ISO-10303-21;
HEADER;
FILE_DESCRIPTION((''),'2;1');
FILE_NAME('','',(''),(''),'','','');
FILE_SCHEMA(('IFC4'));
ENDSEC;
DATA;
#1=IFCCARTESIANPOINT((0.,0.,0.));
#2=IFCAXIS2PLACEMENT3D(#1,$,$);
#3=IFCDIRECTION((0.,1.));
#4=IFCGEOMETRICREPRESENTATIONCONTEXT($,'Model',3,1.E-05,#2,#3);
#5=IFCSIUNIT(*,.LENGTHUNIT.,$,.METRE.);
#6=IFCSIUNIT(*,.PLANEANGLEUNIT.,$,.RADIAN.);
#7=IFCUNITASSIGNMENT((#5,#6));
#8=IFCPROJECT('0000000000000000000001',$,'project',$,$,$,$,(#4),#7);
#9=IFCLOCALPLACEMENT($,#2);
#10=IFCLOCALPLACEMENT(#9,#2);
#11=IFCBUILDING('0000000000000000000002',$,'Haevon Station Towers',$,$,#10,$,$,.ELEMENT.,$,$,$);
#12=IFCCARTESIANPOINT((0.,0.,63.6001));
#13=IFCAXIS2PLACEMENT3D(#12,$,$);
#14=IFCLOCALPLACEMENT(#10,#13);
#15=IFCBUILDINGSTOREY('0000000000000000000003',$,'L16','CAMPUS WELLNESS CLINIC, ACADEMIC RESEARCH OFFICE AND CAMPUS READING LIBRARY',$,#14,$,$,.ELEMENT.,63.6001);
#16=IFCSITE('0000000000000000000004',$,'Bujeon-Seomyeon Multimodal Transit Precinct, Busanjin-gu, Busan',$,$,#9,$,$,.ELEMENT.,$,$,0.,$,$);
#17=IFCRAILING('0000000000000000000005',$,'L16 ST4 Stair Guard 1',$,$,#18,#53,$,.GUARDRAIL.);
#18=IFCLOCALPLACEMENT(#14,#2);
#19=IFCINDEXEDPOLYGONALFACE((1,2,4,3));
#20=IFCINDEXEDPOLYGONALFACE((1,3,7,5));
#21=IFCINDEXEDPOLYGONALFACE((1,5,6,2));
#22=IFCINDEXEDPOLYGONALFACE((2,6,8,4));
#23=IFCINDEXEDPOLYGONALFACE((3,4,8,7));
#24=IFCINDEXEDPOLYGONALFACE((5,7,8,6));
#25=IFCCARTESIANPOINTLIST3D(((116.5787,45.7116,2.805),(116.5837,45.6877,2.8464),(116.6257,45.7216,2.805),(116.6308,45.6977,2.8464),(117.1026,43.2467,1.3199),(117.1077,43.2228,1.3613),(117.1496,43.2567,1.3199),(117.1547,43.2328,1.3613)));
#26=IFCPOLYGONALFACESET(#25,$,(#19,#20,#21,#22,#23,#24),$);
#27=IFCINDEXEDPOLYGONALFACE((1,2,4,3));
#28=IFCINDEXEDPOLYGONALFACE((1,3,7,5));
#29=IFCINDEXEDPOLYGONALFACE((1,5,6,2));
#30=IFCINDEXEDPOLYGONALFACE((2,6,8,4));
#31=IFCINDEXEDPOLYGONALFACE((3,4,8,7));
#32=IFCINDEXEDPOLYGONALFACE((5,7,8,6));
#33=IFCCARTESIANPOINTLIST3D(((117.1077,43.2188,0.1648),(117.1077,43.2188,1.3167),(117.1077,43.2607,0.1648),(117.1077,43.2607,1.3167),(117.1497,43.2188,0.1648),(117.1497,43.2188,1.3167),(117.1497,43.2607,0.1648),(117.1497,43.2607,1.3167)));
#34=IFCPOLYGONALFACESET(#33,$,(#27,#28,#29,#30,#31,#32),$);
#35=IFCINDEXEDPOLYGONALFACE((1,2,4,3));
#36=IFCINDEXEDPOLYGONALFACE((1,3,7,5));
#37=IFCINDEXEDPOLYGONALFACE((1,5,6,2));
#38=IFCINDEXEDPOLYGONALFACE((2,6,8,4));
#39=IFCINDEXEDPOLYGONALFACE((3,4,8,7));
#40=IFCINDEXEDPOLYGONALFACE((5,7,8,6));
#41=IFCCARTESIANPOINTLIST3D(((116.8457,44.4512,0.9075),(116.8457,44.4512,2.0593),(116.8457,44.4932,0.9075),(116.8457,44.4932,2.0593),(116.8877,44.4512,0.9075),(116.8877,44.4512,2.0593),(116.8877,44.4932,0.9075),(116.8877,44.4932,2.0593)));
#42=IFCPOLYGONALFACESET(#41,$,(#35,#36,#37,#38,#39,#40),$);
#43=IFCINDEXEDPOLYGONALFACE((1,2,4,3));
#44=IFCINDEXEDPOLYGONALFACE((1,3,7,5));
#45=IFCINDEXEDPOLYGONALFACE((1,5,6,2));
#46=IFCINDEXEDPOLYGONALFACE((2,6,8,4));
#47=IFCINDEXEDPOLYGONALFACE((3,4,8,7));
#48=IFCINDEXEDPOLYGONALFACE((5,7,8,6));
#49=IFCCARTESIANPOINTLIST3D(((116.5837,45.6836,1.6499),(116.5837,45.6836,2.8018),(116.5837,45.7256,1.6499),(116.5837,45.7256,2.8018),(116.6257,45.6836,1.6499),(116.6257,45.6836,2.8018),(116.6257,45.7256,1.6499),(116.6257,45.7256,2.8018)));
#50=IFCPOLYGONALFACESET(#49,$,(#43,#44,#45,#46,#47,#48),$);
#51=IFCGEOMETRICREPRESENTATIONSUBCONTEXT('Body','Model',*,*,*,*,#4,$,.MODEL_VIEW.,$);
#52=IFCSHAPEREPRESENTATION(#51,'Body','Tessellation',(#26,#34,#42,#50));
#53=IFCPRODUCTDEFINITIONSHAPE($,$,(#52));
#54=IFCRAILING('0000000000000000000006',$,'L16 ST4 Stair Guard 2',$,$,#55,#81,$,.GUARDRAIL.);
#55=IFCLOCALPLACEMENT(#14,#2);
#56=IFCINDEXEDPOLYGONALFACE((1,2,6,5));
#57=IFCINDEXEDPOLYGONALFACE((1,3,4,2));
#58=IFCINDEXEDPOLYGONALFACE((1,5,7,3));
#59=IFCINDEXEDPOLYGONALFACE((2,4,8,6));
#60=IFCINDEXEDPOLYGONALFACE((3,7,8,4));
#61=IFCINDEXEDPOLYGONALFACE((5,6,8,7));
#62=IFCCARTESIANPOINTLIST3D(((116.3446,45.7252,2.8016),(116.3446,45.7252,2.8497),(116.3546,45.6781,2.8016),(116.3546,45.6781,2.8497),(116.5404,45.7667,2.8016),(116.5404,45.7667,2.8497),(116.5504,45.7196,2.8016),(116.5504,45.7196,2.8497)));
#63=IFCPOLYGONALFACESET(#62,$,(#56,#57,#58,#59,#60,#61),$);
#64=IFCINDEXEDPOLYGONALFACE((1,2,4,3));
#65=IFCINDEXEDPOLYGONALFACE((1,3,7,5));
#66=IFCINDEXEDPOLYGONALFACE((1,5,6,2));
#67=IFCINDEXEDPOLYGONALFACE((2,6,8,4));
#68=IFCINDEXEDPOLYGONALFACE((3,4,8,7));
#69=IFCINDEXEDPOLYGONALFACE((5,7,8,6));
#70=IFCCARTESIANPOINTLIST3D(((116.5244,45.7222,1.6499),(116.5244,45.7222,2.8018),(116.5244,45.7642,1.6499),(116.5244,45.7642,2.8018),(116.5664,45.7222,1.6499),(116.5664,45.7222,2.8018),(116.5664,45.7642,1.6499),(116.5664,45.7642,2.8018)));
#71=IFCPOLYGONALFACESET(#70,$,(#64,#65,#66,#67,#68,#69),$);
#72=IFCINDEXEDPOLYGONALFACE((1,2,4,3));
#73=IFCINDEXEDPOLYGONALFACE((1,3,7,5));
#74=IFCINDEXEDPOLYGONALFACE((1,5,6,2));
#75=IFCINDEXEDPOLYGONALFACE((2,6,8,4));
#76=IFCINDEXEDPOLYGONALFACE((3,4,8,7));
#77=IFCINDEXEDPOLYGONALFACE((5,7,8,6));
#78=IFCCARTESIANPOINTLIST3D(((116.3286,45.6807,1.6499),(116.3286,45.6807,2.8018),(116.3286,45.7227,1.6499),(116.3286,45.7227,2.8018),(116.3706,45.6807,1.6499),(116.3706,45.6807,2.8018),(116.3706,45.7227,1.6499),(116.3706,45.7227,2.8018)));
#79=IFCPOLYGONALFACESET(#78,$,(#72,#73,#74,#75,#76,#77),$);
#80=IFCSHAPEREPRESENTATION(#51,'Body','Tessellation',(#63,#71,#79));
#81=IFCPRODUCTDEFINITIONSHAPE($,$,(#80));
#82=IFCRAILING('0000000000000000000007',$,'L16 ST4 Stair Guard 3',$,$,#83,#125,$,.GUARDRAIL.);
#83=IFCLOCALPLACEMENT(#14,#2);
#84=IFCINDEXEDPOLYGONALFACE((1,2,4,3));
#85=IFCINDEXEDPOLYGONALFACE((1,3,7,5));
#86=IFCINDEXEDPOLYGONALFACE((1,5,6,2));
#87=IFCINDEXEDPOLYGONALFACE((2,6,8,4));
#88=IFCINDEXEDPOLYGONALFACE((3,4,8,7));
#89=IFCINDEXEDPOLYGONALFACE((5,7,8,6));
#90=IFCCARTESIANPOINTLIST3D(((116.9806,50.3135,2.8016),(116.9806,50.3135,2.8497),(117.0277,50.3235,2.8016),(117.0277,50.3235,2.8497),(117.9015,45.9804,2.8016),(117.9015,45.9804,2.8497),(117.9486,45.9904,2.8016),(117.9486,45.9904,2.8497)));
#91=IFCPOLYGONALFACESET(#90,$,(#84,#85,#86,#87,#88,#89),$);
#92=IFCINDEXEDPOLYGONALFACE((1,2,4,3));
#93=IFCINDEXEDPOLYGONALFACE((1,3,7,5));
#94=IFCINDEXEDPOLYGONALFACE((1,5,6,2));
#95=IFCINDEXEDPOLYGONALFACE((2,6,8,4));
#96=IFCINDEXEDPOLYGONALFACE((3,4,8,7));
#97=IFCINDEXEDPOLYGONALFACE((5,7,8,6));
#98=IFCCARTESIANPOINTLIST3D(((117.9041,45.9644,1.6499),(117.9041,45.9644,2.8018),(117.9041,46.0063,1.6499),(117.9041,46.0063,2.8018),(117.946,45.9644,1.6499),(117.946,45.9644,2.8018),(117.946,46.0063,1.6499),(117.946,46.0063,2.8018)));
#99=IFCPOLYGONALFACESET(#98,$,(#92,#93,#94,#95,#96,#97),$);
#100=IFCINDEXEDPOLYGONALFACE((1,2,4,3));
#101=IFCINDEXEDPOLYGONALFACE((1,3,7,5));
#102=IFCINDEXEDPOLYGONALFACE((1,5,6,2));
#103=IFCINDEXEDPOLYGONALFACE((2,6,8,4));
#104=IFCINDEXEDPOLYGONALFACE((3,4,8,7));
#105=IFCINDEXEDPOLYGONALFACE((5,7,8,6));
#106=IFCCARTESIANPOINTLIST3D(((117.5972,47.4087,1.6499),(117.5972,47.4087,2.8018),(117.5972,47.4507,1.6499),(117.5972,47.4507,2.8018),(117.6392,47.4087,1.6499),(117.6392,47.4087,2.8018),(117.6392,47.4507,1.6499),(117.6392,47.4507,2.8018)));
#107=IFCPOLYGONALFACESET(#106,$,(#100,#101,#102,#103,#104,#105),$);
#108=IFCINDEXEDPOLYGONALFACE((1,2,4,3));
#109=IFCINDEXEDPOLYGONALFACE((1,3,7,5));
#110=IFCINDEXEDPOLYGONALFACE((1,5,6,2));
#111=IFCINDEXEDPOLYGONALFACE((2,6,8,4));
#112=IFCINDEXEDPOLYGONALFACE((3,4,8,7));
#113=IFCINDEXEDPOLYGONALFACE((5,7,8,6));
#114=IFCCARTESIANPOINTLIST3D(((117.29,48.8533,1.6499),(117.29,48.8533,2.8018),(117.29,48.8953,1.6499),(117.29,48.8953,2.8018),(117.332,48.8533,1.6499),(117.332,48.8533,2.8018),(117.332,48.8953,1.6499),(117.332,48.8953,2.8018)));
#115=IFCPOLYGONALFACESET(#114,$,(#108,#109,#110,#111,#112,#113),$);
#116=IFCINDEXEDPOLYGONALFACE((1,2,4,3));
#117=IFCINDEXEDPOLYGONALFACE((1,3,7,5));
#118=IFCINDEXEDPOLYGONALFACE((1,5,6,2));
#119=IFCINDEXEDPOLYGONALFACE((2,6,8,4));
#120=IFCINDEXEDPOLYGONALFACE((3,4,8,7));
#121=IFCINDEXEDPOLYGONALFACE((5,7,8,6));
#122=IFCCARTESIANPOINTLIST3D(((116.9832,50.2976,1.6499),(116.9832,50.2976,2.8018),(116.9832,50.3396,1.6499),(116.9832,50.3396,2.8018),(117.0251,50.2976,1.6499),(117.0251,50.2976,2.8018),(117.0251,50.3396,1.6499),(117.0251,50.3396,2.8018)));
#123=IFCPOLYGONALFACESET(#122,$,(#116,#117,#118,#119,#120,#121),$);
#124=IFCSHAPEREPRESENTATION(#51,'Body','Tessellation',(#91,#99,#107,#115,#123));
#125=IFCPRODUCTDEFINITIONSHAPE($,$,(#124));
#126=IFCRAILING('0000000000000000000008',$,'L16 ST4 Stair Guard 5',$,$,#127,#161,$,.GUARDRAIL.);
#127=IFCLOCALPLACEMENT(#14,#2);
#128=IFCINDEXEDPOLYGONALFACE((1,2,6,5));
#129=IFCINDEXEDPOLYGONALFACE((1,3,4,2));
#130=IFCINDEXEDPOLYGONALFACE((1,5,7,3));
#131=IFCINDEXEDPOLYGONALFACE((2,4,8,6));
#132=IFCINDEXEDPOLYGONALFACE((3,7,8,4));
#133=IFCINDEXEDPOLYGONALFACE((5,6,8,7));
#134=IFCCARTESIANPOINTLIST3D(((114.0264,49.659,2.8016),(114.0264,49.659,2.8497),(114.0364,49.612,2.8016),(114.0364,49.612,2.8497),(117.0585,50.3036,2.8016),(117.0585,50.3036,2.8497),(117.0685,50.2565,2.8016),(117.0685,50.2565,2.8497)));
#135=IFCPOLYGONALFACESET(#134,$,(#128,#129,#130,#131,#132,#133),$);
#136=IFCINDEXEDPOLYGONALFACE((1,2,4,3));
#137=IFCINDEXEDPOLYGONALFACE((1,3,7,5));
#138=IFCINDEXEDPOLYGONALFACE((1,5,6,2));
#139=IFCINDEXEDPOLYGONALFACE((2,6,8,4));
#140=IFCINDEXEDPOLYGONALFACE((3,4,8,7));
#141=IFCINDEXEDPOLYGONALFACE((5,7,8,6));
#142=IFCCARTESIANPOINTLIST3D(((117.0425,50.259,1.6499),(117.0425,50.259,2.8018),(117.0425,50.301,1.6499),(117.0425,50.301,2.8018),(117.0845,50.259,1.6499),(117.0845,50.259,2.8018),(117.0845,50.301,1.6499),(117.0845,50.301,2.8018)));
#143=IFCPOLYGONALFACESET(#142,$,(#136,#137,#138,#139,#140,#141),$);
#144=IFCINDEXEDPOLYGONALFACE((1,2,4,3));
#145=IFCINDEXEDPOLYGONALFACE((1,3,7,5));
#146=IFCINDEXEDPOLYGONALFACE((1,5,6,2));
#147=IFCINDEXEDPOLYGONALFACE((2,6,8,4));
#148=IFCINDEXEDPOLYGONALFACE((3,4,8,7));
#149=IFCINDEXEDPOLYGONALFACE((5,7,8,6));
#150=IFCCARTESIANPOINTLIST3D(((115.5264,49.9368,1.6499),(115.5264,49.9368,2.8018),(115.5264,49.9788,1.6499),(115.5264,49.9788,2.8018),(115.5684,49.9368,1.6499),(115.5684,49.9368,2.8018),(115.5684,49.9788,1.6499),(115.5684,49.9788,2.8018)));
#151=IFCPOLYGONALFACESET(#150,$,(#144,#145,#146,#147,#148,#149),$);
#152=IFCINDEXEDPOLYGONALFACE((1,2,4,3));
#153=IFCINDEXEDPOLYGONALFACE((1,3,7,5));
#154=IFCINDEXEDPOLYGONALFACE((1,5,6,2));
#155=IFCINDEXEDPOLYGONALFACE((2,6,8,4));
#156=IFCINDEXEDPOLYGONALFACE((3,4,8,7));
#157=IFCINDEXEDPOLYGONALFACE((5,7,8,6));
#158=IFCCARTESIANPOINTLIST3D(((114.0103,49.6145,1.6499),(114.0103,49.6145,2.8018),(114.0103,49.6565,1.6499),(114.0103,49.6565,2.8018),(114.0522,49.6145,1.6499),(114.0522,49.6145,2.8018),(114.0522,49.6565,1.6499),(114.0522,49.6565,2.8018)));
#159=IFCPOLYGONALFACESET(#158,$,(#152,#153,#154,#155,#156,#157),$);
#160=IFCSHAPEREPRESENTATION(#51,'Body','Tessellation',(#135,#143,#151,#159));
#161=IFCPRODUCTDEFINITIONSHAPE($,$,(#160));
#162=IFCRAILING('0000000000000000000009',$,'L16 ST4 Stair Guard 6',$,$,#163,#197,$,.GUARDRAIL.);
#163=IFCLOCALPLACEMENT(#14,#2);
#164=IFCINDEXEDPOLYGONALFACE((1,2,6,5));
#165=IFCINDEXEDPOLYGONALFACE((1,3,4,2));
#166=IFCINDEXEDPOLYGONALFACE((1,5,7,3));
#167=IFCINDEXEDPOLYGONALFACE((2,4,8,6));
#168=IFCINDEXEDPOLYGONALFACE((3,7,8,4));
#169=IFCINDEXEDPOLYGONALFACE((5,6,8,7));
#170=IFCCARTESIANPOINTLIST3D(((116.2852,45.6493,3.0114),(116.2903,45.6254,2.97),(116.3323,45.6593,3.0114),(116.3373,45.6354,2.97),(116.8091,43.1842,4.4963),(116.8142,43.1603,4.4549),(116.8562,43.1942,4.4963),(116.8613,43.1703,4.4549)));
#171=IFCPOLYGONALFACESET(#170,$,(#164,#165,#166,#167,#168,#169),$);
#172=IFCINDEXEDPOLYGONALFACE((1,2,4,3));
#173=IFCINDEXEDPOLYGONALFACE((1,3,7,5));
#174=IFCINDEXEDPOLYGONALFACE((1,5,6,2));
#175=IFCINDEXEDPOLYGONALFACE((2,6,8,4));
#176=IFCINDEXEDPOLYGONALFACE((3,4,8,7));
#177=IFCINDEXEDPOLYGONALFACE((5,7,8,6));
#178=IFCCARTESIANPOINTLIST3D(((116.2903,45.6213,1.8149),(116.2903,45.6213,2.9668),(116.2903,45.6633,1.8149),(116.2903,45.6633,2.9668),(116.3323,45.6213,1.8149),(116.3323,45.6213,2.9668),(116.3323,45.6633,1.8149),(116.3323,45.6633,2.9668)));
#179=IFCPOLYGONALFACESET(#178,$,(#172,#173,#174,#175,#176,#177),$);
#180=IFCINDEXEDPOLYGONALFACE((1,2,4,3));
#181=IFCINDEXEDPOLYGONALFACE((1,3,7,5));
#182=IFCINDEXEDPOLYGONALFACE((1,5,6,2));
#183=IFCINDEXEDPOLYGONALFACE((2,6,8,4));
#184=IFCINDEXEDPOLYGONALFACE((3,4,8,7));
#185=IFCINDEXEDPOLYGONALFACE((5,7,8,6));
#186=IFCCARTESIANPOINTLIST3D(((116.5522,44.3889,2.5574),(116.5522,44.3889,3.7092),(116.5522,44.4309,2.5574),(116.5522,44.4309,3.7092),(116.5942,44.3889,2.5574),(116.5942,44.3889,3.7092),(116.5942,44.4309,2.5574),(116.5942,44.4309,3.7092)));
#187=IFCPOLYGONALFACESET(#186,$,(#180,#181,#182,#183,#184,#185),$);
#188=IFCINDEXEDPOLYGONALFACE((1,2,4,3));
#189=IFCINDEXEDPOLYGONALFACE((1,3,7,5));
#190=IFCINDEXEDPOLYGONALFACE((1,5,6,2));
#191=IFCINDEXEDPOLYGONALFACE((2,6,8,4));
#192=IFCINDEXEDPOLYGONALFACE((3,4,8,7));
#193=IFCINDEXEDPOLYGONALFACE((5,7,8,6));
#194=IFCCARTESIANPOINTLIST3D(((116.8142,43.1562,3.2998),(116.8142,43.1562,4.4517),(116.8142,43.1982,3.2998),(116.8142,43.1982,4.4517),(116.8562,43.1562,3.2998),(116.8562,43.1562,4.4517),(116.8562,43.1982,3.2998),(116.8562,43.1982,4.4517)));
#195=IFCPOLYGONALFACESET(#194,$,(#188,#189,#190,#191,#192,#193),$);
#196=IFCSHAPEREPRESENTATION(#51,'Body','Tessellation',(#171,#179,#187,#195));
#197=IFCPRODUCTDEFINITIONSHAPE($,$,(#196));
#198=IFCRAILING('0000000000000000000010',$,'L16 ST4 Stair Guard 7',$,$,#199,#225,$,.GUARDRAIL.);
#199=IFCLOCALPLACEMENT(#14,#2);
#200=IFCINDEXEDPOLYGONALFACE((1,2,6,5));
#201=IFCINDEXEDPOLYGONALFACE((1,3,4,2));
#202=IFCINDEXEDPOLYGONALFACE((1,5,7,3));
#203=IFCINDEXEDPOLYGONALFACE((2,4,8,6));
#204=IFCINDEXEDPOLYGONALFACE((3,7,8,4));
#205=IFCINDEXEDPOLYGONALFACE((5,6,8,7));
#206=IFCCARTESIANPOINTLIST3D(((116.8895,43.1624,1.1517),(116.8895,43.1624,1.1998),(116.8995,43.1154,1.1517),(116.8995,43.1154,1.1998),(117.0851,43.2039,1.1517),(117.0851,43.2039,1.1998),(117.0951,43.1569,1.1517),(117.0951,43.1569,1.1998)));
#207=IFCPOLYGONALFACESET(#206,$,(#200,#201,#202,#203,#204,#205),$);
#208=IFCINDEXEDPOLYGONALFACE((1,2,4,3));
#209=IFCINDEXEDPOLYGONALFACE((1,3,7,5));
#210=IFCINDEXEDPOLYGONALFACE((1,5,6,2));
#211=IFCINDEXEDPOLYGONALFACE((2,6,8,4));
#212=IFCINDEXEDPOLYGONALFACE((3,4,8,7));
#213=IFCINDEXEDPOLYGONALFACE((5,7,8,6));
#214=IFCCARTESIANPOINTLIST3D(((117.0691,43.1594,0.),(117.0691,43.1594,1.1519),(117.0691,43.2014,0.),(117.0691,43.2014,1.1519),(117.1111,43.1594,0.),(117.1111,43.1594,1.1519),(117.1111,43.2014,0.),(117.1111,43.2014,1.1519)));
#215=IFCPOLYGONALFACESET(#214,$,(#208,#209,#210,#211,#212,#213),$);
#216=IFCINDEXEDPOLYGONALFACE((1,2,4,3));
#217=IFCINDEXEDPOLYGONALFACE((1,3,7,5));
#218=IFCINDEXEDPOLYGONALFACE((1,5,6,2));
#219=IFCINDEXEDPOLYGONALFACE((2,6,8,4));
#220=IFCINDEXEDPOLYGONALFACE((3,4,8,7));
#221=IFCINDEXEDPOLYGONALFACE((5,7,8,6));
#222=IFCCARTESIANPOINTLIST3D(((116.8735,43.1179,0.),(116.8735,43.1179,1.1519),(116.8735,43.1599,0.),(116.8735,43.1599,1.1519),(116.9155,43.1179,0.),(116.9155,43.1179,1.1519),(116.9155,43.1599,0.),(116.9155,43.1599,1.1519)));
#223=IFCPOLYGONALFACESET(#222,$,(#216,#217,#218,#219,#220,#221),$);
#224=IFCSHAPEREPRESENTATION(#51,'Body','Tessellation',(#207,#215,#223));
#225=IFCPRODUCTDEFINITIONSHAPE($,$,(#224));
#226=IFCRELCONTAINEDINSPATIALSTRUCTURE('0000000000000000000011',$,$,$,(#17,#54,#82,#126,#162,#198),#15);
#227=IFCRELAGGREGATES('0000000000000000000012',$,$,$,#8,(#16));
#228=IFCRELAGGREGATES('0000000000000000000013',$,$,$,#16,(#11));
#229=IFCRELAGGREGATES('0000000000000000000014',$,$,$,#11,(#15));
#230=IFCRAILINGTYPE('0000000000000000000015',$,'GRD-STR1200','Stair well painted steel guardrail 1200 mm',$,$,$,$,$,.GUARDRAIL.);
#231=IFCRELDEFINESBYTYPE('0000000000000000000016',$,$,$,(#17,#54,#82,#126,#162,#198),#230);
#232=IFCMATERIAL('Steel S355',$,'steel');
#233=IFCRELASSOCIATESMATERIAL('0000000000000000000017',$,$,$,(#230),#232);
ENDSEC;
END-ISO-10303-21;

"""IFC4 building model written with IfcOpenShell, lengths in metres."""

from ifc_helpers import new_model, si_unit, direction, frame, origin, origin_2d, place, context, subcontext, project, spatial, rectangle, extrude, material, type_object, element, save


model = new_model("IFC4")

# Units and contexts
model_context = context("Model", 3, precision=1e-05, world=origin(), true_north=direction((0.0, 1.0)))
body_context = subcontext(model_context, "Body", "Model", "MODEL_VIEW")
ifc_project = project(units=[si_unit("LENGTHUNIT", "METRE"), si_unit("PLANEANGLEUNIT", "RADIAN")], contexts=[model_context])

# Site, building, storey
site_placement = place(None, origin())
site = spatial("IfcSite", under=ifc_project, at=site_placement, Name="Bujeon-Seomyeon Multimodal Transit Precinct, Busanjin-gu, Busan", CompositionType="ELEMENT", RefElevation=0.0)
building_placement = place(site_placement, origin())
building = spatial("IfcBuilding", under=site, at=building_placement, Name="Haevon Station Towers", CompositionType="ELEMENT")
storey_placement = place(building_placement, frame((0.0, 0.0, 63.6001)))
storey = spatial("IfcBuildingStorey", under=building, at=storey_placement, Name="L16", Description="CAMPUS WELLNESS CLINIC, ACADEMIC RESEARCH OFFICE AND CAMPUS READING LIBRARY", CompositionType="ELEMENT", Elevation=63.6001)

# Shared definitions
ifc_material_1 = material(Name="Steel S355", Category="steel")

# Railings
railing_type_1 = type_object("IfcRailingType", Name="GRD-STR1200", Description="Stair well painted steel guardrail 1200 mm", PredefinedType="GUARDRAIL", material=ifc_material_1)
railing_1_placement = place(storey_placement, frame((117.1287, 43.2397, 0.1648)))
element("IfcRailing", 1, at=railing_1_placement, inside=storey, type_object=railing_type_1, Name="L16 ST4 Stair Guard 1", PredefinedType="GUARDRAIL", context=body_context, shape_type="SweptSolid", body=[
    extrude(rectangle(XDim=0.0481, YDim=0.0481, at=origin_2d()), frame((0.0, 0.0, 1.1758), z_axis=(-0.179121, 0.842688, 0.507733), x_axis=(-0.978147, -0.207914, 0.0)), (0.0, 0.0, 1.0), 2.925),
    extrude(rectangle(XDim=0.042, YDim=0.042, at=origin_2d()), origin(), (0.0, 0.0, 1.0), 1.1519),
    extrude(rectangle(XDim=0.042, YDim=0.042, at=origin_2d()), frame((-0.262, 1.2324, 0.7427)), (0.0, 0.0, 1.0), 1.1519),
    extrude(rectangle(XDim=0.042, YDim=0.042, at=origin_2d()), frame((-0.5239, 2.4648, 1.4851)), (0.0, 0.0, 1.0), 1.1519),
])
railing_2_placement = place(storey_placement, frame((116.5454, 45.7432, 1.6499)))
element("IfcRailing", 2, at=railing_2_placement, inside=storey, type_object=railing_type_1, Name="L16 ST4 Stair Guard 2", PredefinedType="GUARDRAIL", context=body_context, shape_type="SweptSolid", body=[
    extrude(rectangle(XDim=0.0481, YDim=0.0481, at=origin_2d()), frame((0.0, 0.0, 1.1758), z_axis=(-0.978264, -0.207363, 0.0), x_axis=(0.207363, -0.978264, 0.0)), (0.0, 0.0, 1.0), 0.2002),
    extrude(rectangle(XDim=0.042, YDim=0.042, at=origin_2d()), origin(), (0.0, 0.0, 1.0), 1.1519),
    extrude(rectangle(XDim=0.042, YDim=0.042, at=origin_2d()), frame((-0.1958, -0.0415, 0.0)), (0.0, 0.0, 1.0), 1.1519),
])
railing_3_placement = place(storey_placement, frame((117.925, 45.9854, 1.6499)))
element("IfcRailing", 3, at=railing_3_placement, inside=storey, type_object=railing_type_1, Name="L16 ST4 Stair Guard 3", PredefinedType="GUARDRAIL", context=body_context, shape_type="SweptSolid", body=[
    extrude(rectangle(XDim=0.0481, YDim=0.0481, at=origin_2d()), frame((0.0, 0.0, 1.1758), z_axis=(-0.207877, 0.978155, 0.0), x_axis=(-0.978155, -0.207877, 0.0)), (0.0, 0.0, 1.0), 4.4299),
    extrude(rectangle(XDim=0.042, YDim=0.042, at=origin_2d()), origin(), (0.0, 0.0, 1.0), 1.1519),
    extrude(rectangle(XDim=0.042, YDim=0.042, at=origin_2d()), frame((-0.3069, 1.4443, 0.0)), (0.0, 0.0, 1.0), 1.1519),
    extrude(rectangle(XDim=0.042, YDim=0.042, at=origin_2d()), frame((-0.614, 2.8889, 0.0)), (0.0, 0.0, 1.0), 1.1519),
    extrude(rectangle(XDim=0.042, YDim=0.042, at=origin_2d()), frame((-0.9209, 4.3333, 0.0)), (0.0, 0.0, 1.0), 1.1519),
])
railing_4_placement = place(storey_placement, frame((117.0635, 50.28, 1.6499)))
element("IfcRailing", 4, at=railing_4_placement, inside=storey, type_object=railing_type_1, Name="L16 ST4 Stair Guard 5", PredefinedType="GUARDRAIL", context=body_context, shape_type="SweptSolid", body=[
    extrude(rectangle(XDim=0.0481, YDim=0.0481, at=origin_2d()), frame((0.0, 0.0, 1.1758), z_axis=(-0.978147, -0.207915, 0.0), x_axis=(0.207915, -0.978147, 0.0)), (0.0, 0.0, 1.0), 3.0999),
    extrude(rectangle(XDim=0.042, YDim=0.042, at=origin_2d()), origin(), (0.0, 0.0, 1.0), 1.1519),
    extrude(rectangle(XDim=0.042, YDim=0.042, at=origin_2d()), frame((-1.5161, -0.3223, 0.0)), (0.0, 0.0, 1.0), 1.1519),
    extrude(rectangle(XDim=0.042, YDim=0.042, at=origin_2d()), frame((-3.0322, -0.6445, 0.0)), (0.0, 0.0, 1.0), 1.1519),
])
railing_5_placement = place(storey_placement, frame((116.3113, 45.6423, 1.8149)))
element("IfcRailing", 5, at=railing_5_placement, inside=storey, type_object=railing_type_1, Name="L16 ST4 Stair Guard 6", PredefinedType="GUARDRAIL", context=body_context, shape_type="SweptSolid", body=[
    extrude(rectangle(XDim=0.0481, YDim=0.0481, at=origin_2d()), frame((0.0, 0.0, 1.1758), z_axis=(0.179116, -0.842748, 0.507635), x_axis=(0.978151, 0.207895, 0.0)), (0.0, 0.0, 1.0), 2.925),
    extrude(rectangle(XDim=0.042, YDim=0.042, at=origin_2d()), origin(), (0.0, 0.0, 1.0), 1.1519),
    extrude(rectangle(XDim=0.042, YDim=0.042, at=origin_2d()), frame((0.262, -1.2324, 0.7424)), (0.0, 0.0, 1.0), 1.1519),
    extrude(rectangle(XDim=0.042, YDim=0.042, at=origin_2d()), frame((0.5239, -2.4651, 1.4849)), (0.0, 0.0, 1.0), 1.1519),
])
railing_6_placement = place(storey_placement, frame((117.0901, 43.1804, 0.0)))
element("IfcRailing", 6, at=railing_6_placement, inside=storey, type_object=railing_type_1, Name="L16 ST4 Stair Guard 7", PredefinedType="GUARDRAIL", context=body_context, shape_type="SweptSolid", body=[
    extrude(rectangle(XDim=0.0481, YDim=0.0481, at=origin_2d()), frame((0.0, 0.0, 1.1758), z_axis=(-0.978212, -0.20761, 0.0), x_axis=(0.20761, -0.978212, 0.0)), (0.0, 0.0, 1.0), 0.2),
    extrude(rectangle(XDim=0.042, YDim=0.042, at=origin_2d()), origin(), (0.0, 0.0, 1.0), 1.1519),
    extrude(rectangle(XDim=0.042, YDim=0.042, at=origin_2d()), frame((-0.1956, -0.0415, 0.0)), (0.0, 0.0, 1.0), 1.1519),
])

save(model, "model.ifc")
